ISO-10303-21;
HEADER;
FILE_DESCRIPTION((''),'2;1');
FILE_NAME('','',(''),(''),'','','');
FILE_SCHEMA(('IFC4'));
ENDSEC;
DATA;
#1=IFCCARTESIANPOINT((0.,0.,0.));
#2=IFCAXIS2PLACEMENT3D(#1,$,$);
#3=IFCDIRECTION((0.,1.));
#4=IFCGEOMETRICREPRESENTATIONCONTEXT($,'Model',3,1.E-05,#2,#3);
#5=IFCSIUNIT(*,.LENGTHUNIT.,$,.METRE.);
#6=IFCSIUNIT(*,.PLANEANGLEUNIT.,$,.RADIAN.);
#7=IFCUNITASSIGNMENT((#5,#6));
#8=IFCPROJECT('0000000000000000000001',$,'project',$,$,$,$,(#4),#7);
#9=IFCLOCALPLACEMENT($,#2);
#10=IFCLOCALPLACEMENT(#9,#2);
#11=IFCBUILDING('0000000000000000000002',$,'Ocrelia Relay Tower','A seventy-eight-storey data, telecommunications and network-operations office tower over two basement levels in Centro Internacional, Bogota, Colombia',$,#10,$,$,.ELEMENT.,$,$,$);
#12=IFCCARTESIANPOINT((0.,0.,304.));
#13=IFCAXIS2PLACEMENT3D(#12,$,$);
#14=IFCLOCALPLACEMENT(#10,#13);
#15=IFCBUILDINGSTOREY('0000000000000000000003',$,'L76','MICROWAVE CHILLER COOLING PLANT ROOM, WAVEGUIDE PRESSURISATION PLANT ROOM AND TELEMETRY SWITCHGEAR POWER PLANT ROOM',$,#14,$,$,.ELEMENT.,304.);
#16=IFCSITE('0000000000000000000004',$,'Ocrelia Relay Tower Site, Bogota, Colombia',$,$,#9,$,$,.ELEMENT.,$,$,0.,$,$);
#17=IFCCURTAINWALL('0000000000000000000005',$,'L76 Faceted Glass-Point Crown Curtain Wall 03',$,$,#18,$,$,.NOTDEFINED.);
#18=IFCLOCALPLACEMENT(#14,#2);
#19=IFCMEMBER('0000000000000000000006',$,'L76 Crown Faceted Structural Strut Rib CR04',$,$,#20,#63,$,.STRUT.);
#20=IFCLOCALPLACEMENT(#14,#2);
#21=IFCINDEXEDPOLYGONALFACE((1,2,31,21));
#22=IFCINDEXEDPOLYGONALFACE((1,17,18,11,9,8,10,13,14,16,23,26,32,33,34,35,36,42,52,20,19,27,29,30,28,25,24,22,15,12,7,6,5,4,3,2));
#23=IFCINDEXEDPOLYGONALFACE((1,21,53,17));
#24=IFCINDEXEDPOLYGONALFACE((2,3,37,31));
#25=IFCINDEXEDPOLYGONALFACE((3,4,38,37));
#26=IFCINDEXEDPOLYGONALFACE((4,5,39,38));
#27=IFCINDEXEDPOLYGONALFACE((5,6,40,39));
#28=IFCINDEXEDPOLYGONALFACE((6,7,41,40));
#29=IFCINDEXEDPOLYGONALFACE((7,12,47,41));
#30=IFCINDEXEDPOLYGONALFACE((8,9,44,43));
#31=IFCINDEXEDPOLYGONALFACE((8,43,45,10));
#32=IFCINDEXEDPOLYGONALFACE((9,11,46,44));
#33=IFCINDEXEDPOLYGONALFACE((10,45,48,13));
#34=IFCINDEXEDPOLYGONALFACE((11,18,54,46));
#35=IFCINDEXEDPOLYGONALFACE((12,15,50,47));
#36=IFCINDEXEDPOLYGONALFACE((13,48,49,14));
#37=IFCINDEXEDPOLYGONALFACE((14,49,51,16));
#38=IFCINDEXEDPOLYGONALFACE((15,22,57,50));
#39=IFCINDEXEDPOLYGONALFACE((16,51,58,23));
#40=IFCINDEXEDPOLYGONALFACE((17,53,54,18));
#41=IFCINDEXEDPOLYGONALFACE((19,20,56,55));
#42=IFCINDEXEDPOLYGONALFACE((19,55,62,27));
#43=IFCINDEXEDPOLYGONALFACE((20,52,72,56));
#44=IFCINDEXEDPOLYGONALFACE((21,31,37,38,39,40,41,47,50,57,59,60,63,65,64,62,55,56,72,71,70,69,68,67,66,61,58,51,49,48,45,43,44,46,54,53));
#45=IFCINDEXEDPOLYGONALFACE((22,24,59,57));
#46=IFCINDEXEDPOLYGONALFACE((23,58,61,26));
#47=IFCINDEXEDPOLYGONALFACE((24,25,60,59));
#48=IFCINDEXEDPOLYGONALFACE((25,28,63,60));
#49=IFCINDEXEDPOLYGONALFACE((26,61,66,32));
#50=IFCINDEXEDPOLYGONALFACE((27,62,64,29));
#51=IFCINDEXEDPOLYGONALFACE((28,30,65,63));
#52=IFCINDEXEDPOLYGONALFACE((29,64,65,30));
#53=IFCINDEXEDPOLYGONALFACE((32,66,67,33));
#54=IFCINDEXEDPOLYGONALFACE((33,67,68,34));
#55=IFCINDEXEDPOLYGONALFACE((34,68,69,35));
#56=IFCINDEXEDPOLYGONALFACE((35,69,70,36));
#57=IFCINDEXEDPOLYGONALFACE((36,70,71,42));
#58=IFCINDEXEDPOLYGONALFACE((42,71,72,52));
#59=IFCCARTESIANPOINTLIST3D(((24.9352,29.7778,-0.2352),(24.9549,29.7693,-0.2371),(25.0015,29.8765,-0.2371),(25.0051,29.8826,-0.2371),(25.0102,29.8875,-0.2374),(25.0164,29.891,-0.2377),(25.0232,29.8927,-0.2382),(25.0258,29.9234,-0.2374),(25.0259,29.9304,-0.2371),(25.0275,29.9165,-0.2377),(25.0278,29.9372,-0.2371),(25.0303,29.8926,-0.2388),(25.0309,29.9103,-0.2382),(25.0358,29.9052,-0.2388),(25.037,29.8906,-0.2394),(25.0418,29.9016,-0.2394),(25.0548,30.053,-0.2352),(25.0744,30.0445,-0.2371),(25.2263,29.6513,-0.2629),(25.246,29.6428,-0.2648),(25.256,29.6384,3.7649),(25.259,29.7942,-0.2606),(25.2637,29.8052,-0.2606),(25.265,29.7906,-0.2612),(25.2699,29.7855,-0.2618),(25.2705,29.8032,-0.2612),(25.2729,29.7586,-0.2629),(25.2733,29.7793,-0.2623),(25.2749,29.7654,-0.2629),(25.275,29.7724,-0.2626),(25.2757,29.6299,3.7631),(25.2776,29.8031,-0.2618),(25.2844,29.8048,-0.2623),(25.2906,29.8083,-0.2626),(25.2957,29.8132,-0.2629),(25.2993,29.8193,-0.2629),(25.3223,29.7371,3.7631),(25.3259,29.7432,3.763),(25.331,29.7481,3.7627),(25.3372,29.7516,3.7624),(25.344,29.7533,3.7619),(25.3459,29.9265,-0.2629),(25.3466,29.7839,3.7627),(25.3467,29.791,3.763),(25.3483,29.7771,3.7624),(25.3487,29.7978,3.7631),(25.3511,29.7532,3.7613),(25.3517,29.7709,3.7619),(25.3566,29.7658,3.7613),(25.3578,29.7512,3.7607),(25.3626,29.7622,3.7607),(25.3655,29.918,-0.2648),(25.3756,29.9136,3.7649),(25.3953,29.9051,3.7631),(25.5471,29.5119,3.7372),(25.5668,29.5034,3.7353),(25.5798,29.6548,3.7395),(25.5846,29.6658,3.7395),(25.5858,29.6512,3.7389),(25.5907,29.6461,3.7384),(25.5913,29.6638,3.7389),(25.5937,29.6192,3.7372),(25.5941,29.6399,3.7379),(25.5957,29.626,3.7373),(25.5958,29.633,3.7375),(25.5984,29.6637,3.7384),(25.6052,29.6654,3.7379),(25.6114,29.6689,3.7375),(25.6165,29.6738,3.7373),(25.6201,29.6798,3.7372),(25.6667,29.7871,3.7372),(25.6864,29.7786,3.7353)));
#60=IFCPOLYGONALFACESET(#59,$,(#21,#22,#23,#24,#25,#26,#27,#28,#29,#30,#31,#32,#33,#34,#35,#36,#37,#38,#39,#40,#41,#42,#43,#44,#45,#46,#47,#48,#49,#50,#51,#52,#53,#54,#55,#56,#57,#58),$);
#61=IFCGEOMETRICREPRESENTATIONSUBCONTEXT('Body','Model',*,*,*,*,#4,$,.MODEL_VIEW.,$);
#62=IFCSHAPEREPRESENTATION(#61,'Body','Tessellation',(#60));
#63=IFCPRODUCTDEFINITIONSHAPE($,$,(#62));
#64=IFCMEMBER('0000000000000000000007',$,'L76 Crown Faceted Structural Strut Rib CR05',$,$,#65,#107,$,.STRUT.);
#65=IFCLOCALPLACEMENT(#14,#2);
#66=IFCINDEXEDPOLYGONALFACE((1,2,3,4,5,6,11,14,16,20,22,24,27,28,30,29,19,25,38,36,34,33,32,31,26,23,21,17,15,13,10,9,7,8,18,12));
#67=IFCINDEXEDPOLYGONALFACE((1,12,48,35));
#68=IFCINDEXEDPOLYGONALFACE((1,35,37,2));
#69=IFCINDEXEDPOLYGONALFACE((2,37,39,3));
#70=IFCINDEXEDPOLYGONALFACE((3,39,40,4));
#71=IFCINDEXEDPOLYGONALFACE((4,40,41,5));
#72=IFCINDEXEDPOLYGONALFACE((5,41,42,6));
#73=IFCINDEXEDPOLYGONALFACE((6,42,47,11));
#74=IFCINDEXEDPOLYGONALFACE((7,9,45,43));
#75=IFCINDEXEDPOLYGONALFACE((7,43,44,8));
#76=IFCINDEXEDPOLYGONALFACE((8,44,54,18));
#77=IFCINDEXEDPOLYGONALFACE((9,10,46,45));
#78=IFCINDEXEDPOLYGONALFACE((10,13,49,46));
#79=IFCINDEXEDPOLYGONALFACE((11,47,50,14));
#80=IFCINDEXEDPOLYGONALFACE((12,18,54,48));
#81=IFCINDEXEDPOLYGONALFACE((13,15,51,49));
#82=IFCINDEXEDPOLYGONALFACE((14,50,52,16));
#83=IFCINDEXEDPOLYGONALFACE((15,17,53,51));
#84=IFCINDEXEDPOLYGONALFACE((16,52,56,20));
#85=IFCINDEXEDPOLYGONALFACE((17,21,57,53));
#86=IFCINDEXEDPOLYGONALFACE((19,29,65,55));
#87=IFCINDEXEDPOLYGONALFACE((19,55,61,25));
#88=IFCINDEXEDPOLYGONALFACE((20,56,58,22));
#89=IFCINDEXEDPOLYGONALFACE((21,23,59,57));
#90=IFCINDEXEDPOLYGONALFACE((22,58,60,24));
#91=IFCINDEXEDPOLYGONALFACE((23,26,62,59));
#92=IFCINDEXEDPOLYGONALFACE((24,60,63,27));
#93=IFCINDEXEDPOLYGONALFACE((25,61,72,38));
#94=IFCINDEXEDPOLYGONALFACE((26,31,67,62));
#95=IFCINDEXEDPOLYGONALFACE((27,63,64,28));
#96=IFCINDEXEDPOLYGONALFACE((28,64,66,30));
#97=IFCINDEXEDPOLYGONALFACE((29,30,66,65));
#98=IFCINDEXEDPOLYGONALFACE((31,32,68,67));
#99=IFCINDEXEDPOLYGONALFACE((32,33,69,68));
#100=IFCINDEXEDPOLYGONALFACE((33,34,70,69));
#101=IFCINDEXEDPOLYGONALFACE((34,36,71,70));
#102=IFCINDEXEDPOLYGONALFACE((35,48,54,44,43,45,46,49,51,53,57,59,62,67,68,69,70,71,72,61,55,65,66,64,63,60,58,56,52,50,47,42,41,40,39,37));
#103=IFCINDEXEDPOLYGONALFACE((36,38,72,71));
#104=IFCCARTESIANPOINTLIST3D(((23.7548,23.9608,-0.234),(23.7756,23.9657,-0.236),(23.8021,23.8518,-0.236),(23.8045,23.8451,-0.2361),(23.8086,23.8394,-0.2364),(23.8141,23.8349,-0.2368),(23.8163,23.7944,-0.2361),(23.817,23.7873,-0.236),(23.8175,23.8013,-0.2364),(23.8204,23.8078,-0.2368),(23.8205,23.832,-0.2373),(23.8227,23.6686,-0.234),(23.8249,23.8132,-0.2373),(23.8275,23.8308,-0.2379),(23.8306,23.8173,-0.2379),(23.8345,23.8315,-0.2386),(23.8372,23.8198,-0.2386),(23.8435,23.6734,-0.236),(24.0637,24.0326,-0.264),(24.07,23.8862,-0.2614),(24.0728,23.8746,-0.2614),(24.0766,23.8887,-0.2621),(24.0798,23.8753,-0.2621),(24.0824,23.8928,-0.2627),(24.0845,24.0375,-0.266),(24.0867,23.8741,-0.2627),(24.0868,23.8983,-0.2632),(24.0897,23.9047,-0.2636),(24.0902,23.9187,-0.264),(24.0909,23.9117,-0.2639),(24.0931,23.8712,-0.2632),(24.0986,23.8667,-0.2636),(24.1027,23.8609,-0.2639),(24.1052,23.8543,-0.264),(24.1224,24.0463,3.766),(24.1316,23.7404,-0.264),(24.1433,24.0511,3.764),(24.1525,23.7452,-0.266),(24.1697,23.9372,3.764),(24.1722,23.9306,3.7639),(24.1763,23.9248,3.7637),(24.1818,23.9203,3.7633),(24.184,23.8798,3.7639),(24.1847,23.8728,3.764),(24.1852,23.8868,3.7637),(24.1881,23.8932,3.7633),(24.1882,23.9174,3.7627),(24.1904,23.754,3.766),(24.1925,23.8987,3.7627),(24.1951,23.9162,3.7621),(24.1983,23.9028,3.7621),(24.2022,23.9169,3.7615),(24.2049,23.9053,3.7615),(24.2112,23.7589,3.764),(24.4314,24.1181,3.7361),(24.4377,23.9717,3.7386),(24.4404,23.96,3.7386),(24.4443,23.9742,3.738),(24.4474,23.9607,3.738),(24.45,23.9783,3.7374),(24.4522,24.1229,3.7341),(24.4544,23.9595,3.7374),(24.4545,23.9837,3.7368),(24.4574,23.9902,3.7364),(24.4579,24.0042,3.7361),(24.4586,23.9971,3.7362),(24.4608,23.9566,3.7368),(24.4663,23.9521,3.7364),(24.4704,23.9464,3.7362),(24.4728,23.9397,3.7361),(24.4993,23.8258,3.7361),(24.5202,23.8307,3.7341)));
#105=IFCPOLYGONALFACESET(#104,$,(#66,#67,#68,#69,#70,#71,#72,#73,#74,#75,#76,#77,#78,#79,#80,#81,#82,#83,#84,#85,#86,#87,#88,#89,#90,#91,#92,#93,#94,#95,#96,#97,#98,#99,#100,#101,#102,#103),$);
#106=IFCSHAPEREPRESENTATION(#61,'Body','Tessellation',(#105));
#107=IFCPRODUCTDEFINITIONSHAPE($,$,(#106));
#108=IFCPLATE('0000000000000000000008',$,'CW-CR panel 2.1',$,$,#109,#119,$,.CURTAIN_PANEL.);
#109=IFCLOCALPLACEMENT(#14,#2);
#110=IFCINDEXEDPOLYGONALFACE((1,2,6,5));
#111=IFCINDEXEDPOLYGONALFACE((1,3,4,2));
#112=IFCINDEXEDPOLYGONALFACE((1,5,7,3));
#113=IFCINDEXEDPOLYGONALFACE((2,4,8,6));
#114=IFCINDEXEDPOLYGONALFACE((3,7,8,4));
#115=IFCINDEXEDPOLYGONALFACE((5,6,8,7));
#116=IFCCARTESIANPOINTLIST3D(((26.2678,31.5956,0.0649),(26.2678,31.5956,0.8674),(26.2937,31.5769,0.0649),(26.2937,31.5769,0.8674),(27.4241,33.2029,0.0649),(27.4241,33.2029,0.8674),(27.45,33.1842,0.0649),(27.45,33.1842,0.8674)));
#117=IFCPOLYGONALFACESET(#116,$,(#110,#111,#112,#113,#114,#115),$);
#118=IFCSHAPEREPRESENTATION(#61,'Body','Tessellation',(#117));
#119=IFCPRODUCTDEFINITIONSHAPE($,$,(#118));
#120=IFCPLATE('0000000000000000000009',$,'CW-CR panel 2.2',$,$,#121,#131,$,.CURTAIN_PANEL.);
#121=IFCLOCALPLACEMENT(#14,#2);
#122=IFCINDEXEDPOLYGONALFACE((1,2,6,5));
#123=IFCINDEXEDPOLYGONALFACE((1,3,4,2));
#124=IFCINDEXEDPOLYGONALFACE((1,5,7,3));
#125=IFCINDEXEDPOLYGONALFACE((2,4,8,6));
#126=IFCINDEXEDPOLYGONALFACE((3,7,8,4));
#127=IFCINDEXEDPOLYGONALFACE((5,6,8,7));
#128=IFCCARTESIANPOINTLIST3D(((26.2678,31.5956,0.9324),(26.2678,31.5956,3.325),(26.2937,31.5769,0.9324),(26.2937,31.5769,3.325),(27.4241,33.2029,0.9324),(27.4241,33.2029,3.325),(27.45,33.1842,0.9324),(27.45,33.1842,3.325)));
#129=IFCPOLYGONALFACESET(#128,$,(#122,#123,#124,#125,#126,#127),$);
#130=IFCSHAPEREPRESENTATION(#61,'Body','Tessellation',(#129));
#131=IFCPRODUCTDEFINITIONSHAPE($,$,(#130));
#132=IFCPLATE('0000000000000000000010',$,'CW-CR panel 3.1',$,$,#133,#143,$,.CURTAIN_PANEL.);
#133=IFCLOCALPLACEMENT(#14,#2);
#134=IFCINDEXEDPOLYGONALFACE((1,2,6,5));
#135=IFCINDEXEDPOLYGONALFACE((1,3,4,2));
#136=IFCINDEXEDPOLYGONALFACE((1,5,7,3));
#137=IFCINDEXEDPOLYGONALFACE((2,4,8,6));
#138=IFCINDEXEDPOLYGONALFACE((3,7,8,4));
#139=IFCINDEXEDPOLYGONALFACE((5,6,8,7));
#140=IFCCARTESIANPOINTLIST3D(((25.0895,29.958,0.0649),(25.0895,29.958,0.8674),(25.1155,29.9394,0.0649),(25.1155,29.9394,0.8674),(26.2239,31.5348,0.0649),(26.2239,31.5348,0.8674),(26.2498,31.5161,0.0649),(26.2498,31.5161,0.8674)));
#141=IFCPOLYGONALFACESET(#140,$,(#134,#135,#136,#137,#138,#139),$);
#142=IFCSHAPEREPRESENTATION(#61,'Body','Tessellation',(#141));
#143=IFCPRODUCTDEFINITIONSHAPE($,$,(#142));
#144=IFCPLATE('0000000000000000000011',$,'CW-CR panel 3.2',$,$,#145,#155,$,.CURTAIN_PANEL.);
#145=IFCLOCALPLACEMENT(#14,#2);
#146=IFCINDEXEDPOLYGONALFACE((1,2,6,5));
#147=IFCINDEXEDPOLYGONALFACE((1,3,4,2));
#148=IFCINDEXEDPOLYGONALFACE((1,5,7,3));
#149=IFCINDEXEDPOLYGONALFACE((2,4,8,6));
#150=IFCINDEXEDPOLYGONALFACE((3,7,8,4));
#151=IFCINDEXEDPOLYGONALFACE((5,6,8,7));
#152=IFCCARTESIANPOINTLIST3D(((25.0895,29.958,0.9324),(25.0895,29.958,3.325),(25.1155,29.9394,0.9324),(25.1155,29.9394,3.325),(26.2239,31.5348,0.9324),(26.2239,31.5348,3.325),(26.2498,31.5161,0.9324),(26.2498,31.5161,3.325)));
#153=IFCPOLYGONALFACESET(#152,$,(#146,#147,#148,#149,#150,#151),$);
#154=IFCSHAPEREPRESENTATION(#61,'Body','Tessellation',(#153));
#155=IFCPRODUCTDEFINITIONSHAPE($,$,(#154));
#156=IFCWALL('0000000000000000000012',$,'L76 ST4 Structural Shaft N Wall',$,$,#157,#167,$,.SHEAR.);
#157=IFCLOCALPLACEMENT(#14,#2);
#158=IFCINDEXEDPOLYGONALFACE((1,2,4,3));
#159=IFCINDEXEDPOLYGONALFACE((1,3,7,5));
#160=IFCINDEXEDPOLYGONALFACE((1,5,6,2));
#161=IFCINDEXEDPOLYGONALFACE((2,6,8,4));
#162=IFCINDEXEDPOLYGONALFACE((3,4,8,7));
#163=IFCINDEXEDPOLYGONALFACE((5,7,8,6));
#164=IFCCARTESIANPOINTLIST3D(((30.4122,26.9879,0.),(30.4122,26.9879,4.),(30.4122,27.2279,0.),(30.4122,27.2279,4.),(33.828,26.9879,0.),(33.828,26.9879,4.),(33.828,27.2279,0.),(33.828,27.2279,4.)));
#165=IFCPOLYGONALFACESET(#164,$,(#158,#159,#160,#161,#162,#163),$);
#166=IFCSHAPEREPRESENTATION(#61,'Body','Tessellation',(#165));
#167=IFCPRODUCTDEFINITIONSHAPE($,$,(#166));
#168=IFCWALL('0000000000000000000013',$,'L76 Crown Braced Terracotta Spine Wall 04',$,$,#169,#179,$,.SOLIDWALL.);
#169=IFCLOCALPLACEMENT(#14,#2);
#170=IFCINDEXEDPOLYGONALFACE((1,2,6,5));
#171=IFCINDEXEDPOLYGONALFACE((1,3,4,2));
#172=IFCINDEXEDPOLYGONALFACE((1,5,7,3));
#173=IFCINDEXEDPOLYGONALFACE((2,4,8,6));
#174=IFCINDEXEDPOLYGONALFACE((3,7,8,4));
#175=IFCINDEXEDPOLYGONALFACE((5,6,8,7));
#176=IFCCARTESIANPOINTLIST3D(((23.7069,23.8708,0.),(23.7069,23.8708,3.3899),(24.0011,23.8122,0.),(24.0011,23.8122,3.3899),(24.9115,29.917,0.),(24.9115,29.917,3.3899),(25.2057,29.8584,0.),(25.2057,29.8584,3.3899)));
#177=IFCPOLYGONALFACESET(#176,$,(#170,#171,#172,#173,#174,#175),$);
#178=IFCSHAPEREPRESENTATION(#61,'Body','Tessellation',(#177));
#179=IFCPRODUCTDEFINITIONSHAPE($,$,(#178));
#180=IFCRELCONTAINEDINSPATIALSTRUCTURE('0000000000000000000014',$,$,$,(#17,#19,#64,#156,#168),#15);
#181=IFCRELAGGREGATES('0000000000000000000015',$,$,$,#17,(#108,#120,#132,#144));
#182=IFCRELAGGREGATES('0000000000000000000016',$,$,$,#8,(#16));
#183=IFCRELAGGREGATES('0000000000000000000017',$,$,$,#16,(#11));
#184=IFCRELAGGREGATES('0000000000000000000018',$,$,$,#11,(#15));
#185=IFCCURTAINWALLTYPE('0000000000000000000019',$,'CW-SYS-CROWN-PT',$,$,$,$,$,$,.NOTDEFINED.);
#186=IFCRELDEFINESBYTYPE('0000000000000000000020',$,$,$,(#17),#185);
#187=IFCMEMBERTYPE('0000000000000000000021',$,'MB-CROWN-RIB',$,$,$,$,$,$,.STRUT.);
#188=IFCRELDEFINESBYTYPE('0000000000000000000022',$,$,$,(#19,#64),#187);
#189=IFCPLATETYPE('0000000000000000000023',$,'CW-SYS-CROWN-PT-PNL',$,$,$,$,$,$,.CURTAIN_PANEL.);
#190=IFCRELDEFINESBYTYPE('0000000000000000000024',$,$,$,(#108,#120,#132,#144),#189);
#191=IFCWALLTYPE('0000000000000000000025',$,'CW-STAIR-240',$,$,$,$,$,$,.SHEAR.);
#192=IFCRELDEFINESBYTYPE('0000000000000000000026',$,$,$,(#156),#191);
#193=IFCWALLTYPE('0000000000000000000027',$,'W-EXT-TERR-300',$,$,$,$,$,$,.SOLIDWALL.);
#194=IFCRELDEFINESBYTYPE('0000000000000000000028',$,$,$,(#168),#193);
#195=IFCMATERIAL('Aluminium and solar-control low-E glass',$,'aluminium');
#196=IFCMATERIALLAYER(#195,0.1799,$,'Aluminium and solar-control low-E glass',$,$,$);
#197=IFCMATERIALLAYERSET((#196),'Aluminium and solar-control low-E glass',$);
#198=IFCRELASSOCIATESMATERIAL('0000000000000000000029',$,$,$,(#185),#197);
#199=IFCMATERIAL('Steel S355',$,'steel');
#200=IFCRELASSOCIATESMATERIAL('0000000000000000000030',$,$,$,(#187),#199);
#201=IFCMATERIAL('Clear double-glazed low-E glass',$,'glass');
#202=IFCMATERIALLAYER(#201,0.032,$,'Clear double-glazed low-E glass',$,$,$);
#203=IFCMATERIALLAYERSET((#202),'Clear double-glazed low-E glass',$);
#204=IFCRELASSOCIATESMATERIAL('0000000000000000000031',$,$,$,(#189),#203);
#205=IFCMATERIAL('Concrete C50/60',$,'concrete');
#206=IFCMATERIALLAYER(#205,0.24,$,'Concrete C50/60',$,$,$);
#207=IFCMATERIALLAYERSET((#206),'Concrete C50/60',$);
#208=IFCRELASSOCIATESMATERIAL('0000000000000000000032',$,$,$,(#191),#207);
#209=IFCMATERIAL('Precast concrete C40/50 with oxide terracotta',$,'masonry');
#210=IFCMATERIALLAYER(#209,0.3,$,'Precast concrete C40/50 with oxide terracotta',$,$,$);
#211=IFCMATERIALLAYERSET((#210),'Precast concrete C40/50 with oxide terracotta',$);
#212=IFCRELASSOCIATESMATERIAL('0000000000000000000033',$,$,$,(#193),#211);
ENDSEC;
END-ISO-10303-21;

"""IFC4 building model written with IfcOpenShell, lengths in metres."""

from ifc_helpers import new_model, si_unit, direction, frame, frame_2d, origin, origin_2d, place, context, subcontext, project, spatial, rectangle, i_section, extrude, material, layer, layer_set, material_profile, profile_set, type_object, element, aggregate, save


model = new_model("IFC4")

# Units and contexts
model_context = context("Model", 3, precision=1e-05, world=origin(), true_north=direction((0.0, 1.0)))
body_context = subcontext(model_context, "Body", "Model", "MODEL_VIEW")
ifc_project = project(units=[si_unit("LENGTHUNIT", "METRE"), si_unit("PLANEANGLEUNIT", "RADIAN")], contexts=[model_context])

# Site, building, storey
site_placement = place(None, origin())
site = spatial("IfcSite", under=ifc_project, at=site_placement, Name="Ocrelia Relay Tower Site, Bogota, Colombia", CompositionType="ELEMENT", RefElevation=0.0)
building_placement = place(site_placement, origin())
building = spatial("IfcBuilding", under=site, at=building_placement, Name="Ocrelia Relay Tower", Description="A seventy-eight-storey data, telecommunications and network-operations office tower over two basement levels in Centro Internacional, Bogota, Colombia", CompositionType="ELEMENT")
storey_placement = place(building_placement, frame((0.0, 0.0, 304.0)))
storey = spatial("IfcBuildingStorey", under=building, at=storey_placement, Name="L76", Description="MICROWAVE CHILLER COOLING PLANT ROOM, WAVEGUIDE PRESSURISATION PLANT ROOM AND TELEMETRY SWITCHGEAR POWER PLANT ROOM", CompositionType="ELEMENT", Elevation=304.0)

# Shared definitions
ifc_material_1 = material(Name="Steel S355", Category="steel")

# Curtain wall
ifc_material_2 = material(Name="Aluminium and solar-control low-E glass", Category="aluminium")
ifc_layer_1 = layer(ifc_material_2, 0.1799, Name="Aluminium and solar-control low-E glass")
ifc_layer_set_1 = layer_set([ifc_layer_1], Name="Aluminium and solar-control low-E glass")
curtain_wall_type = type_object("IfcCurtainWallType", Name="CW-SYS-CROWN-PT", PredefinedType="NOTDEFINED", material=ifc_layer_set_1)
curtain_wall_1_placement = place(storey_placement, origin())
curtain_wall_1 = element("IfcCurtainWall", 1, at=curtain_wall_1_placement, inside=storey, type_object=curtain_wall_type, Name="L76 Faceted Glass-Point Crown Curtain Wall 03", PredefinedType="NOTDEFINED")

# Members
ifc_material_profile_1 = material_profile(ifc_material_1, i_section(OverallWidth=0.3, OverallDepth=0.3401, WebThickness=0.012, FlangeThickness=0.0215, FilletRadius=0.0271, at=origin_2d()), Name="HEB 340")
ifc_profile_set_1 = profile_set([ifc_material_profile_1], Name="Steel S355")
member_type_1 = type_object("IfcMemberType", Name="MB-CROWN-RIB", PredefinedType="STRUT", material=ifc_profile_set_1)
member_1_placement = place(storey_placement, frame((25.1504, 29.8479, -0.25), z_axis=(0.079895, -0.034719, 0.996198), x_axis=(0.398547, 0.917148, 0.0)))
element("IfcMember", 2, at=member_1_placement, inside=storey, type_object=member_type_1, Name="L76 Crown Faceted Structural Strut Rib CR04", PredefinedType="STRUT", context=body_context, shape_type="SweptSolid", body=[
    extrude(i_section(OverallWidth=0.3, OverallDepth=0.3401, WebThickness=0.012, FlangeThickness=0.0215, FilletRadius=0.0271, at=origin_2d()), origin(), (0.0, 0.0, 1.0), 4.0154),
])
member_2_placement = place(storey_placement, frame((23.9536, 23.853, -0.25), z_axis=(0.091512, 0.021268, 0.995577), x_axis=(-0.226371, 0.974041, 0.0)))
element("IfcMember", 3, at=member_2_placement, inside=storey, type_object=member_type_1, Name="L76 Crown Faceted Structural Strut Rib CR05", PredefinedType="STRUT", context=body_context, shape_type="SweptSolid", body=[
    extrude(i_section(OverallWidth=0.3, OverallDepth=0.3401, WebThickness=0.012, FlangeThickness=0.0215, FilletRadius=0.0271, at=origin_2d()), origin(), (0.0, 0.0, 1.0), 4.0178),
])

# Plates
ifc_material_3 = material(Name="Clear double-glazed low-E glass", Category="glass")
ifc_layer_2 = layer(ifc_material_3, 0.032, Name="Clear double-glazed low-E glass")
ifc_layer_set_2 = layer_set([ifc_layer_2], Name="Clear double-glazed low-E glass")
plate_type = type_object("IfcPlateType", Name="CW-SYS-CROWN-PT-PNL", PredefinedType="CURTAIN_PANEL", material=ifc_layer_set_2)
plate_1_placement = place(storey_placement, frame((26.8589, 32.3899, 0.0649), z_axis=(0.0, 0.0, 1.0), x_axis=(-0.583998, -0.811755, 0.0)))
plate_1 = element("IfcPlate", 4, at=plate_1_placement, type_object=plate_type, Name="CW-CR panel 2.1", PredefinedType="CURTAIN_PANEL", context=body_context, shape_type="SweptSolid", body=[
    extrude(rectangle(XDim=1.98, YDim=0.032, at=origin_2d()), origin(), (0.0, 0.0, 1.0), 0.8025),
])
plate_2_placement = place(storey_placement, frame((26.8589, 32.3899, 0.9324), z_axis=(0.0, 0.0, 1.0), x_axis=(-0.583998, -0.811755, 0.0)))
plate_2 = element("IfcPlate", 5, at=plate_2_placement, type_object=plate_type, Name="CW-CR panel 2.2", PredefinedType="CURTAIN_PANEL", context=body_context, shape_type="SweptSolid", body=[
    extrude(rectangle(XDim=1.98, YDim=0.032, at=origin_2d()), origin(), (0.0, 0.0, 1.0), 2.3926),
])
plate_3_placement = place(storey_placement, frame((25.6697, 30.7371, 0.0649), z_axis=(0.0, 0.0, 1.0), x_axis=(-0.583998, -0.811755, 0.0)))
plate_3 = element("IfcPlate", 6, at=plate_3_placement, type_object=plate_type, Name="CW-CR panel 3.1", PredefinedType="CURTAIN_PANEL", context=body_context, shape_type="SweptSolid", body=[
    extrude(rectangle(XDim=1.9424, YDim=0.032, at=origin_2d()), origin(), (0.0, 0.0, 1.0), 0.8025),
])
plate_4_placement = place(storey_placement, frame((25.6697, 30.7371, 0.9324), z_axis=(0.0, 0.0, 1.0), x_axis=(-0.583998, -0.811755, 0.0)))
plate_4 = element("IfcPlate", 7, at=plate_4_placement, type_object=plate_type, Name="CW-CR panel 3.2", PredefinedType="CURTAIN_PANEL", context=body_context, shape_type="SweptSolid", body=[
    extrude(rectangle(XDim=1.9424, YDim=0.032, at=origin_2d()), origin(), (0.0, 0.0, 1.0), 2.3926),
])
aggregate(curtain_wall_1, [plate_1, plate_2, plate_3, plate_4])

# Walls
ifc_material_4 = material(Name="Concrete C50/60", Category="concrete")
ifc_layer_3 = layer(ifc_material_4, 0.24, Name="Concrete C50/60")
ifc_layer_set_3 = layer_set([ifc_layer_3], Name="Concrete C50/60")
wall_type_1 = type_object("IfcWallType", Name="CW-STAIR-240", PredefinedType="SHEAR", material=ifc_layer_set_3)
wall_1_placement = place(storey_placement, frame((30.4121, 27.1079, 0.0), z_axis=(0.0, 0.0, 1.0), x_axis=(1.0, 0.0, 0.0)))
element("IfcWall", 8, at=wall_1_placement, inside=storey, type_object=wall_type_1, Name="L76 ST4 Structural Shaft N Wall", PredefinedType="SHEAR", context=body_context, shape_type="SweptSolid", body=[
    extrude(rectangle(XDim=3.4158, YDim=0.24, at=frame_2d((1.708, 0.0))), origin(), (0.0, 0.0, 1.0), 4.0),
])
ifc_material_5 = material(Name="Precast concrete C40/50 with oxide terracotta", Category="masonry")
ifc_layer_4 = layer(ifc_material_5, 0.3, Name="Precast concrete C40/50 with oxide terracotta")
ifc_layer_set_4 = layer_set([ifc_layer_4], Name="Precast concrete C40/50 with oxide terracotta")
wall_type_2 = type_object("IfcWallType", Name="W-EXT-TERR-300", PredefinedType="SOLIDWALL", material=ifc_layer_set_4)
wall_2_placement = place(storey_placement, frame((25.0586, 29.8877, 0.0), z_axis=(0.0, 0.0, 1.0), x_axis=(-0.195393, -0.980725, 0.0)))
element("IfcWall", 9, at=wall_2_placement, inside=storey, type_object=wall_type_2, Name="L76 Crown Braced Terracotta Spine Wall 04", PredefinedType="SOLIDWALL", context=body_context, shape_type="SweptSolid", body=[
    extrude(rectangle(XDim=6.165, YDim=0.3, at=frame_2d((3.0825, 0.0))), origin(), (0.0, 0.0, 1.0), 3.3899),
])

save(model, "model.ifc")
